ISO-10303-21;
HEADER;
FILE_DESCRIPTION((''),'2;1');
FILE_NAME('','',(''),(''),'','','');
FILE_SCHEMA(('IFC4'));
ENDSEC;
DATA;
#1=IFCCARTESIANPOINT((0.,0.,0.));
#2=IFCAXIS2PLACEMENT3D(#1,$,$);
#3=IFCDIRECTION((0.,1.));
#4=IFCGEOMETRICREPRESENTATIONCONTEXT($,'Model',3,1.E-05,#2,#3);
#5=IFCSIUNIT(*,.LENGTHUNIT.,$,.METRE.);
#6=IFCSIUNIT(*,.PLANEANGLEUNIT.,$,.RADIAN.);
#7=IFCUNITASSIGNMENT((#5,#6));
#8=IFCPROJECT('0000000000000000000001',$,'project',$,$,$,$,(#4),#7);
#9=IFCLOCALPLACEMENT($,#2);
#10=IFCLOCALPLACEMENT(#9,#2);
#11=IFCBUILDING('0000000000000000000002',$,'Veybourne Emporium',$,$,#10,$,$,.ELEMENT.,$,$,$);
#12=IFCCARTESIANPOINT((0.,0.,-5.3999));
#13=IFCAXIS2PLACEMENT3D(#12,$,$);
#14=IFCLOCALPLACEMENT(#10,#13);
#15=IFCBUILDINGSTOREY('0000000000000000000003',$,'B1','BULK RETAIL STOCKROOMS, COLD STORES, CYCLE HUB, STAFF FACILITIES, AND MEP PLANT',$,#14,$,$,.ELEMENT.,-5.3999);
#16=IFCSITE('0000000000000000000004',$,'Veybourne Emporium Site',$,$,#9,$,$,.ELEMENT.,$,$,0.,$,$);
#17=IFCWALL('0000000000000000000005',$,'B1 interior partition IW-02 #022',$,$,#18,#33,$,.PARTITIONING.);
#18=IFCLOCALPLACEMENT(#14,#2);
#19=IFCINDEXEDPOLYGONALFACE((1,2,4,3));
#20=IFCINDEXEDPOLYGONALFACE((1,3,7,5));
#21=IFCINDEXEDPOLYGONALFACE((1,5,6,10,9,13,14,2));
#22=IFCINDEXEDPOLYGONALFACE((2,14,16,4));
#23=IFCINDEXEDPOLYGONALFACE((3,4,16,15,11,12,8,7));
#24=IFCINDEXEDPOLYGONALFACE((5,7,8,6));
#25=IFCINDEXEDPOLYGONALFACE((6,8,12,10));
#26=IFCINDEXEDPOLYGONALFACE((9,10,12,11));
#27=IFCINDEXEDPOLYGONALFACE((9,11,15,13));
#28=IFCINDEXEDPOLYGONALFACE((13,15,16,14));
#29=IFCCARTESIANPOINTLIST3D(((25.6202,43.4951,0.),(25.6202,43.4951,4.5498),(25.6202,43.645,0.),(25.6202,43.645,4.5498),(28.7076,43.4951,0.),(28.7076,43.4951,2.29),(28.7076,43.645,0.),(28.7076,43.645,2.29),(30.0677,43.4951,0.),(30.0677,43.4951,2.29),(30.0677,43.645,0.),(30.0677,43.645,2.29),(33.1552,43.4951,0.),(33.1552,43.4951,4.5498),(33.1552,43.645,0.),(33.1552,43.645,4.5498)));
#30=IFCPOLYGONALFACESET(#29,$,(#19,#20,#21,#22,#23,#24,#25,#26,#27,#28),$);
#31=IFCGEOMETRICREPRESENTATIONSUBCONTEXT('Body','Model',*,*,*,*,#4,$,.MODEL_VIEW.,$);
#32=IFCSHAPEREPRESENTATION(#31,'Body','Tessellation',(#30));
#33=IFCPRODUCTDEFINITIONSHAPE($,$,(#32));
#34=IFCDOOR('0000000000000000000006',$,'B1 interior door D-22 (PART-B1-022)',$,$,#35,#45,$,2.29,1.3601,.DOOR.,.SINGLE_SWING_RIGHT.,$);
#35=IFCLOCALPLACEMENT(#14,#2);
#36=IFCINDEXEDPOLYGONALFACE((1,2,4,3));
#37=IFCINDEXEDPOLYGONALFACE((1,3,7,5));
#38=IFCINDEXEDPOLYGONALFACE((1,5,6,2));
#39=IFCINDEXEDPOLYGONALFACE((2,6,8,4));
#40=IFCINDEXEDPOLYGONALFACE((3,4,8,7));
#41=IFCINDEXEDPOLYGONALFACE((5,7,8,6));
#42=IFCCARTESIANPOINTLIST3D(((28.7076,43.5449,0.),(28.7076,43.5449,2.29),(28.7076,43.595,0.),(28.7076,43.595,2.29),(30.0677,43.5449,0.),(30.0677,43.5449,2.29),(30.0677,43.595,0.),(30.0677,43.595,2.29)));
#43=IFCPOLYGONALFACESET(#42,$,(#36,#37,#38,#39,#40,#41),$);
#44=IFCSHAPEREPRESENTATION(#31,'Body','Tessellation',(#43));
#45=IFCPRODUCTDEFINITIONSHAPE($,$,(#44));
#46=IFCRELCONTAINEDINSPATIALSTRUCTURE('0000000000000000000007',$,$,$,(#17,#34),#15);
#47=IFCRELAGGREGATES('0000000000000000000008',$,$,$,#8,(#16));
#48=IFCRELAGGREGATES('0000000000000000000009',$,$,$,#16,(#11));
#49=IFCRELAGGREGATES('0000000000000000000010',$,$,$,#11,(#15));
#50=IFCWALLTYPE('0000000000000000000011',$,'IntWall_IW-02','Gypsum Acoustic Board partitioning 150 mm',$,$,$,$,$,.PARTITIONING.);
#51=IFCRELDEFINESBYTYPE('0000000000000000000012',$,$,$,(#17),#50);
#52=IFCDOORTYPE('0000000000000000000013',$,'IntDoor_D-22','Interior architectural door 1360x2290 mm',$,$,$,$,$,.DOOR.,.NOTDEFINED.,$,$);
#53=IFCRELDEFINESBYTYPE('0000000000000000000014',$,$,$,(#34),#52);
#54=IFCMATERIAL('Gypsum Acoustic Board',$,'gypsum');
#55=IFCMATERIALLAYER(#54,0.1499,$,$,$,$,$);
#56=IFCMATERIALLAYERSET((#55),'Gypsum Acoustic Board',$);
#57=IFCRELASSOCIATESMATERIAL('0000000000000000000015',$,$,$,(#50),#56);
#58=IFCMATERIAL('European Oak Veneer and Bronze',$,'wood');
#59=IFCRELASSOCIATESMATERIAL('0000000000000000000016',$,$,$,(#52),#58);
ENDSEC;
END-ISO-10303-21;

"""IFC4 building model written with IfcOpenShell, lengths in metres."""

from ifc_helpers import new_model, si_unit, direction, frame, frame_2d, origin, place, context, subcontext, project, spatial, rectangle, extrude, material, layer, layer_set, type_object, element, fill, save


model = new_model("IFC4")

# Units and contexts
model_context = context("Model", 3, precision=1e-05, world=origin(), true_north=direction((0.0, 1.0)))
body_context = subcontext(model_context, "Body", "Model", "MODEL_VIEW")
ifc_project = project(units=[si_unit("LENGTHUNIT", "METRE"), si_unit("PLANEANGLEUNIT", "RADIAN")], contexts=[model_context])

# Site, building, storey
site_placement = place(None, origin())
site = spatial("IfcSite", under=ifc_project, at=site_placement, Name="Veybourne Emporium Site", CompositionType="ELEMENT", RefElevation=0.0)
building_placement = place(site_placement, origin())
building = spatial("IfcBuilding", under=site, at=building_placement, Name="Veybourne Emporium", CompositionType="ELEMENT")
storey_placement = place(building_placement, frame((0.0, 0.0, -5.3999)))
storey = spatial("IfcBuildingStorey", under=building, at=storey_placement, Name="B1", Description="BULK RETAIL STOCKROOMS, COLD STORES, CYCLE HUB, STAFF FACILITIES, AND MEP PLANT", CompositionType="ELEMENT", Elevation=-5.3999)

# Wall, opening, door
ifc_material_1 = material(Name="Gypsum Acoustic Board", Category="gypsum")
ifc_layer = layer(ifc_material_1, 0.1499)
ifc_layer_set = layer_set([ifc_layer], Name="Gypsum Acoustic Board")
wall_type = type_object("IfcWallType", Name="IntWall_IW-02", Description="Gypsum Acoustic Board partitioning 150 mm", PredefinedType="PARTITIONING", material=ifc_layer_set)
wall_placement = place(storey_placement, frame((25.6201, 43.5701, 0.0), z_axis=(0.0, 0.0, 1.0), x_axis=(1.0, 0.0, 0.0)))
wall = element("IfcWall", 1, at=wall_placement, inside=storey, type_object=wall_type, Name="B1 interior partition IW-02 #022", PredefinedType="PARTITIONING", context=body_context, shape_type="SweptSolid", body=[
    extrude(rectangle(XDim=7.5349, YDim=0.1499, at=frame_2d((3.7676, 0.0))), origin(), (0.0, 0.0, 1.0), 4.5498),
])
opening_placement = place(wall_placement, frame((3.0874, 0.0, 0.0)))
opening = element("IfcOpeningElement", 2, at=opening_placement, cuts=wall, PredefinedType="OPENING", context=body_context, shape_type="SweptSolid", body=[
    extrude(rectangle(XDim=1.3601, YDim=2.29, at=frame_2d((0.6802, 1.145))), frame((0.0, 0.095, 0.0), z_axis=(0.0, -1.0, 0.0), x_axis=(1.0, 0.0, 0.0)), (0.0, 0.0, 1.0), 0.1899),
])
ifc_material_2 = material(Name="European Oak Veneer and Bronze", Category="wood")
door_type = type_object("IfcDoorType", Name="IntDoor_D-22", Description="Interior architectural door 1360x2290 mm", OperationType="NOTDEFINED", PredefinedType="DOOR", material=ifc_material_2)
door_placement = place(opening_placement, origin())
door = element("IfcDoor", 3, at=door_placement, inside=storey, type_object=door_type, Name="B1 interior door D-22 (PART-B1-022)", OperationType="SINGLE_SWING_RIGHT", OverallHeight=2.29, OverallWidth=1.3601, PredefinedType="DOOR", context=body_context, shape_type="SweptSolid", body=[
    extrude(rectangle(XDim=1.3601, YDim=2.29, at=frame_2d((0.6802, 1.145))), frame((0.0, 0.0249, 0.0), z_axis=(0.0, -1.0, 0.0), x_axis=(1.0, 0.0, 0.0)), (0.0, 0.0, 1.0), 0.05),
])
fill(opening, door)

save(model, "model.ifc")
